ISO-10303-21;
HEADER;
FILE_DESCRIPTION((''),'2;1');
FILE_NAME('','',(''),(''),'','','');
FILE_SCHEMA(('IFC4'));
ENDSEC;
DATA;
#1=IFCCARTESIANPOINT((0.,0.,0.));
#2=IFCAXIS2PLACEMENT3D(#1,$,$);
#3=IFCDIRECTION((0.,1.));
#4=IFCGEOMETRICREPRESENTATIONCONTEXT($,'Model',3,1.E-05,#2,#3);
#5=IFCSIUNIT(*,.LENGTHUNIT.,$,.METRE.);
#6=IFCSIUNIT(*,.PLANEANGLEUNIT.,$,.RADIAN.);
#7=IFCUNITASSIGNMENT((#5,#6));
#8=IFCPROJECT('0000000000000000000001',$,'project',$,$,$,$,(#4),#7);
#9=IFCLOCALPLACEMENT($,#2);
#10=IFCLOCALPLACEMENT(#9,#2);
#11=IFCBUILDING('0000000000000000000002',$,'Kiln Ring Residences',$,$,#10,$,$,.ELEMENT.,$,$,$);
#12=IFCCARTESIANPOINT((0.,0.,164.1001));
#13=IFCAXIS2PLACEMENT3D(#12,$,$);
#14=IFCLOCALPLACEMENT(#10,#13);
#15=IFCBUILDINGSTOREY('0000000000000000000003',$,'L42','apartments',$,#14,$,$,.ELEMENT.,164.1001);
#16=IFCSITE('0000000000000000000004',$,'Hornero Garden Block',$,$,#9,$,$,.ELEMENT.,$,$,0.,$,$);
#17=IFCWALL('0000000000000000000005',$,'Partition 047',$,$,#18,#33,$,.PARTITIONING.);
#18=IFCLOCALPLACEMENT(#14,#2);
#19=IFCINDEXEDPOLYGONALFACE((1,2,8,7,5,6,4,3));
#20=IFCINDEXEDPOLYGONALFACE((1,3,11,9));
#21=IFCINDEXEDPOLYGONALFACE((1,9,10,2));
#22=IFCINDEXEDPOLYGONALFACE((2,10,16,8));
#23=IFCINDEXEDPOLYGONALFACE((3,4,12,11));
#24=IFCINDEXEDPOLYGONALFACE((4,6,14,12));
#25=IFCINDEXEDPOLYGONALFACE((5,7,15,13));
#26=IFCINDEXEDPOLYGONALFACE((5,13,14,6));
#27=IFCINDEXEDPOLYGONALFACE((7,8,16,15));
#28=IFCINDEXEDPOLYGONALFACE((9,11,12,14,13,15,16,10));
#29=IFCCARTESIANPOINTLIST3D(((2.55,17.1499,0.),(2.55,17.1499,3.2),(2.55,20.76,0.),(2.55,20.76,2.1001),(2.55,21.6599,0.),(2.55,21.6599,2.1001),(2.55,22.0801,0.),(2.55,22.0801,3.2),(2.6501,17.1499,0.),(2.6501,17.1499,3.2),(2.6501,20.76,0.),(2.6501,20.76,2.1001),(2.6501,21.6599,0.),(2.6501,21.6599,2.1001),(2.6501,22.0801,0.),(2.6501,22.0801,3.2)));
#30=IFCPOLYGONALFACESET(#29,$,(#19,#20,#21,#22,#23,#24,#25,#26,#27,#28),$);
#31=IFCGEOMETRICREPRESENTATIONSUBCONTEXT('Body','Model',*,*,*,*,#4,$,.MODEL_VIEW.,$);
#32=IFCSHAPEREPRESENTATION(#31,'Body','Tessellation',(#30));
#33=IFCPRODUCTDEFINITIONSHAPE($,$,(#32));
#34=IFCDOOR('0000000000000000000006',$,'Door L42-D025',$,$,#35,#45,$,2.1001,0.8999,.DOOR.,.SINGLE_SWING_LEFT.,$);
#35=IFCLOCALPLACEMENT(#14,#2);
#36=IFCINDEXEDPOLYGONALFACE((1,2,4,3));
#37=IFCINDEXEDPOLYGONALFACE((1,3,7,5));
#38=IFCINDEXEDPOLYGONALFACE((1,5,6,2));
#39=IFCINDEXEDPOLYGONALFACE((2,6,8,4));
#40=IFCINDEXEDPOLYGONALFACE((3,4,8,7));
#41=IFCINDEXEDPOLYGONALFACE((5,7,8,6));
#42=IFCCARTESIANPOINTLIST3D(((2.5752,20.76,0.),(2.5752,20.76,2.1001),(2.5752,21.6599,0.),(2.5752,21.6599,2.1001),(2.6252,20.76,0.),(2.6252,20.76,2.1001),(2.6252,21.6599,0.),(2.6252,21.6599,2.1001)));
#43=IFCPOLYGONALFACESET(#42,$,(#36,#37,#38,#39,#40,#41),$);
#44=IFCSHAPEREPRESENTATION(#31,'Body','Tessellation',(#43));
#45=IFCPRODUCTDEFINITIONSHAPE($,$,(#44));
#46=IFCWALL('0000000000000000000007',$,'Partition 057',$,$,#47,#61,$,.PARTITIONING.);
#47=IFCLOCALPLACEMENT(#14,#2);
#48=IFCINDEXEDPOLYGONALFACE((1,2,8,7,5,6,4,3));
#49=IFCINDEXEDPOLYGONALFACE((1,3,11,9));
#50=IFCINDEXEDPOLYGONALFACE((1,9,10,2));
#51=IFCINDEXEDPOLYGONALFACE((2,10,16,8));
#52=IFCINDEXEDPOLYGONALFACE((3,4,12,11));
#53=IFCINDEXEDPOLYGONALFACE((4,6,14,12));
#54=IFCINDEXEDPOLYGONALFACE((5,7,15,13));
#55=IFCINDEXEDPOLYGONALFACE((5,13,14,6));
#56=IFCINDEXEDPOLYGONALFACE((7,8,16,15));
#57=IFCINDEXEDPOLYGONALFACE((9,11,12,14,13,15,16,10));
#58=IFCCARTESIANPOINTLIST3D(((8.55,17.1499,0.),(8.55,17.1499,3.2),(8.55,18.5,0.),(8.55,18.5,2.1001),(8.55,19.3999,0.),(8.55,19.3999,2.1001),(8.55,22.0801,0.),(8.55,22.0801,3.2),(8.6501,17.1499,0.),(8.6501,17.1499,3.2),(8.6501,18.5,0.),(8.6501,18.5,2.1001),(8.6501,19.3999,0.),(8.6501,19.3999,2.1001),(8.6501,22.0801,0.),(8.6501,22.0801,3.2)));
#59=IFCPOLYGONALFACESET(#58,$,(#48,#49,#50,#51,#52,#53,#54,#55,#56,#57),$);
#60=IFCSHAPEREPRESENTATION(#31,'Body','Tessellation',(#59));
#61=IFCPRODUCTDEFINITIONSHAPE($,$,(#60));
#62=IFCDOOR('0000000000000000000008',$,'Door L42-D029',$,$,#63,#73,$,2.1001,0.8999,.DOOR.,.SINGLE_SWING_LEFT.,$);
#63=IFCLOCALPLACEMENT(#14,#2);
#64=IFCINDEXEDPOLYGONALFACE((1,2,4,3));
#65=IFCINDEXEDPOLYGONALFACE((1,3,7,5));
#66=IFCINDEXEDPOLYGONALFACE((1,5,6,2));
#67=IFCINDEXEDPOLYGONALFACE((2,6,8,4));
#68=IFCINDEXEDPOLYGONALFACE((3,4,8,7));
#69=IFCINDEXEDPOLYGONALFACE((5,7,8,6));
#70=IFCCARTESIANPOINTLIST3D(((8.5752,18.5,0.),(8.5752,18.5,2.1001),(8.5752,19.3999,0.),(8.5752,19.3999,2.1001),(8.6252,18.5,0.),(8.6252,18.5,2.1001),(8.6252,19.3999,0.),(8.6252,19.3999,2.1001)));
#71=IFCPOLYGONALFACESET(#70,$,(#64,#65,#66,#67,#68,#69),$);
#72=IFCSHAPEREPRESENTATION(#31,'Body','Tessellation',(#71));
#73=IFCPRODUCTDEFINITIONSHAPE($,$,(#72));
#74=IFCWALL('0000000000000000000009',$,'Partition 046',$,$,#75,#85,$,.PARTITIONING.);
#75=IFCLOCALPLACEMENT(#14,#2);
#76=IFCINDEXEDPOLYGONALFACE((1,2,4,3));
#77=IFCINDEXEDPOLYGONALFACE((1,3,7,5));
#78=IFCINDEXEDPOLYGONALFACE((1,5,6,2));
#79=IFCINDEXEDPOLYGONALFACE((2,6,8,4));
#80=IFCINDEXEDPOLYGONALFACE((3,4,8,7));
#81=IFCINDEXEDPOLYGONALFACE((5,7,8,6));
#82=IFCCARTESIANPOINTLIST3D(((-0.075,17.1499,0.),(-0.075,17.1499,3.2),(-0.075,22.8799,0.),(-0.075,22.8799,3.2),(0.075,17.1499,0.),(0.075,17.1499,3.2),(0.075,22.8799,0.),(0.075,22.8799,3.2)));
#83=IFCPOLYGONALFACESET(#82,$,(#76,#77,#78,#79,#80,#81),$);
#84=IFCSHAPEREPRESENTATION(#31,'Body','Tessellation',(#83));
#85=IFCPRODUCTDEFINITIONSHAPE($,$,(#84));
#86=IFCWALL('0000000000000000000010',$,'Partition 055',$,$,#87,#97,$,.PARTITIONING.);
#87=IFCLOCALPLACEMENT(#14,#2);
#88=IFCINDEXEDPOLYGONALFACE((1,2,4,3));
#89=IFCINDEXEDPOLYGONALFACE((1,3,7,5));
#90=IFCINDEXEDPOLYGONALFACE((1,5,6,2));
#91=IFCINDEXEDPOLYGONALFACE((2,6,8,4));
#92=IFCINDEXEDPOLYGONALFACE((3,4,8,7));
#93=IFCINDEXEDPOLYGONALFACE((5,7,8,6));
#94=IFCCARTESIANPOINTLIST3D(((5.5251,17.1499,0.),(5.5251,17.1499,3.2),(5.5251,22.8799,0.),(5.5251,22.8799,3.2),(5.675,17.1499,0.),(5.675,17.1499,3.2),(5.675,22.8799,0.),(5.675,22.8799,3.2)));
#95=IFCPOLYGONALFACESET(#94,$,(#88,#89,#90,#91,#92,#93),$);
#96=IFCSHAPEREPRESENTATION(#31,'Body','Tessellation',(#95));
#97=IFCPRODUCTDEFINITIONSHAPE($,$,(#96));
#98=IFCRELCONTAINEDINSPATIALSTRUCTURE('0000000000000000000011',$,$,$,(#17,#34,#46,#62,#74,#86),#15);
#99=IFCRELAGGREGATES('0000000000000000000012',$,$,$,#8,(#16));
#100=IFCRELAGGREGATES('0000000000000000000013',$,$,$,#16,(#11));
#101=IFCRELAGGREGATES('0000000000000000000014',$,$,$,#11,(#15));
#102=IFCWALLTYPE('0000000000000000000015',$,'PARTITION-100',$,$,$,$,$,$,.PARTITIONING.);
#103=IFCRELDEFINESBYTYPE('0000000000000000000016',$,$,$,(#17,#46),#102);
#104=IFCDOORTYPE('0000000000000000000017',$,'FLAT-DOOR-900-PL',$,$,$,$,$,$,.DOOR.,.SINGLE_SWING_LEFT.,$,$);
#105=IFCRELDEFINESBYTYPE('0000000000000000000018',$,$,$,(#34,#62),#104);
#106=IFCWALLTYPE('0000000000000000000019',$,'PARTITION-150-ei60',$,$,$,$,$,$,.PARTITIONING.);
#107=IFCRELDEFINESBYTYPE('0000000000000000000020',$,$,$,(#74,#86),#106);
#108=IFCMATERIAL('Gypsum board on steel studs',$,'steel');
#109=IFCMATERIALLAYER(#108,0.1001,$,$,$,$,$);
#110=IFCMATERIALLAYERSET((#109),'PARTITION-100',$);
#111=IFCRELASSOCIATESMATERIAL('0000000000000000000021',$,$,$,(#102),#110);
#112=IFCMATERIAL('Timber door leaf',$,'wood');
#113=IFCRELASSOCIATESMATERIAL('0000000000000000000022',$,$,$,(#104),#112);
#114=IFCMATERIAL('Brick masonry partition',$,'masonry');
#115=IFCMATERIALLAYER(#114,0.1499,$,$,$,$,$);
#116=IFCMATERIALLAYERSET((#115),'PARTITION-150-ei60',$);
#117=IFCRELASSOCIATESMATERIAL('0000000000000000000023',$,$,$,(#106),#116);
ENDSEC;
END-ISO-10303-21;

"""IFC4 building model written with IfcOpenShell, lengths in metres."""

from ifc_helpers import new_model, si_unit, direction, frame, frame_2d, origin, place, context, subcontext, project, spatial, rectangle, extrude, material, layer, layer_set, type_object, element, fill, save


model = new_model("IFC4")

# Units and contexts
model_context = context("Model", 3, precision=1e-05, world=origin(), true_north=direction((0.0, 1.0)))
body_context = subcontext(model_context, "Body", "Model", "MODEL_VIEW")
ifc_project = project(units=[si_unit("LENGTHUNIT", "METRE"), si_unit("PLANEANGLEUNIT", "RADIAN")], contexts=[model_context])

# Site, building, storey
site_placement = place(None, origin())
site = spatial("IfcSite", under=ifc_project, at=site_placement, Name="Hornero Garden Block", CompositionType="ELEMENT", RefElevation=0.0)
building_placement = place(site_placement, origin())
building = spatial("IfcBuilding", under=site, at=building_placement, Name="Kiln Ring Residences", CompositionType="ELEMENT")
storey_placement = place(building_placement, frame((0.0, 0.0, 164.1001)))
storey = spatial("IfcBuildingStorey", under=building, at=storey_placement, Name="L42", Description="apartments", CompositionType="ELEMENT", Elevation=164.1001)

# Walls, openings, doors
ifc_material_1 = material(Name="Gypsum board on steel studs", Category="steel")
ifc_layer_1 = layer(ifc_material_1, 0.1001)
ifc_layer_set_1 = layer_set([ifc_layer_1], Name="PARTITION-100")
wall_type_1 = type_object("IfcWallType", Name="PARTITION-100", PredefinedType="PARTITIONING", material=ifc_layer_set_1)
wall_1_placement = place(storey_placement, frame((2.6001, 17.1499, 0.0), z_axis=(0.0, 0.0, 1.0), x_axis=(0.0, 1.0, 0.0)))
wall_1 = element("IfcWall", 1, at=wall_1_placement, inside=storey, type_object=wall_type_1, Name="Partition 047", PredefinedType="PARTITIONING", context=body_context, shape_type="SweptSolid", body=[
    extrude(rectangle(XDim=4.9302, YDim=0.1001, at=frame_2d((2.4651, 0.0))), origin(), (0.0, 0.0, 1.0), 3.2),
])
opening_1_placement = place(wall_1_placement, frame((3.6101, 0.0, 0.0)))
opening_1 = element("IfcOpeningElement", 2, at=opening_1_placement, cuts=wall_1, PredefinedType="OPENING", context=body_context, shape_type="SweptSolid", body=[
    extrude(rectangle(XDim=0.8999, YDim=2.1001, at=frame_2d((0.45, 1.05))), frame((0.0, 0.0601, 0.0), z_axis=(0.0, -1.0, 0.0), x_axis=(1.0, 0.0, 0.0)), (0.0, 0.0, 1.0), 0.1201),
])
ifc_material_2 = material(Name="Timber door leaf", Category="wood")
door_type = type_object("IfcDoorType", Name="FLAT-DOOR-900-PL", OperationType="SINGLE_SWING_LEFT", PredefinedType="DOOR", material=ifc_material_2)
door_1_placement = place(opening_1_placement, origin())
door_1 = element("IfcDoor", 3, at=door_1_placement, inside=storey, type_object=door_type, Name="Door L42-D025", OperationType="SINGLE_SWING_LEFT", OverallHeight=2.1001, OverallWidth=0.8999, PredefinedType="DOOR", context=body_context, shape_type="SweptSolid", body=[
    extrude(rectangle(XDim=0.8999, YDim=2.1001, at=frame_2d((0.45, 1.05))), frame((0.0, 0.0249, 0.0), z_axis=(0.0, -1.0, 0.0), x_axis=(1.0, 0.0, 0.0)), (0.0, 0.0, 1.0), 0.05),
])
fill(opening_1, door_1)
wall_2_placement = place(storey_placement, frame((8.6001, 17.1499, 0.0), z_axis=(0.0, 0.0, 1.0), x_axis=(0.0, 1.0, 0.0)))
wall_2 = element("IfcWall", 4, at=wall_2_placement, inside=storey, type_object=wall_type_1, Name="Partition 057", PredefinedType="PARTITIONING", context=body_context, shape_type="SweptSolid", body=[
    extrude(rectangle(XDim=4.9302, YDim=0.1001, at=frame_2d((2.4651, 0.0))), origin(), (0.0, 0.0, 1.0), 3.2),
])
opening_2_placement = place(wall_2_placement, frame((1.3501, 0.0, 0.0)))
opening_2 = element("IfcOpeningElement", 5, at=opening_2_placement, cuts=wall_2, PredefinedType="OPENING", context=body_context, shape_type="SweptSolid", body=[
    extrude(rectangle(XDim=0.8999, YDim=2.1001, at=frame_2d((0.45, 1.05))), frame((0.0, 0.0601, 0.0), z_axis=(0.0, -1.0, 0.0), x_axis=(1.0, 0.0, 0.0)), (0.0, 0.0, 1.0), 0.1201),
])
door_2_placement = place(opening_2_placement, origin())
door_2 = element("IfcDoor", 6, at=door_2_placement, inside=storey, type_object=door_type, Name="Door L42-D029", OperationType="SINGLE_SWING_LEFT", OverallHeight=2.1001, OverallWidth=0.8999, PredefinedType="DOOR", context=body_context, shape_type="SweptSolid", body=[
    extrude(rectangle(XDim=0.8999, YDim=2.1001, at=frame_2d((0.45, 1.05))), frame((0.0, 0.0249, 0.0), z_axis=(0.0, -1.0, 0.0), x_axis=(1.0, 0.0, 0.0)), (0.0, 0.0, 1.0), 0.05),
])
fill(opening_2, door_2)

# Walls
ifc_material_3 = material(Name="Brick masonry partition", Category="masonry")
ifc_layer_2 = layer(ifc_material_3, 0.1499)
ifc_layer_set_2 = layer_set([ifc_layer_2], Name="PARTITION-150-ei60")
wall_type_2 = type_object("IfcWallType", Name="PARTITION-150-ei60", PredefinedType="PARTITIONING", material=ifc_layer_set_2)
for number, where, z_axis, x_axis, name in (
    (7, (0.0, 17.1499, 0.0), (0.0, 0.0, 1.0), (0.0, 1.0, 0.0), "Partition 046"),
    (8, (5.6001, 17.1499, 0.0), (0.0, 0.0, 1.0), (0.0, 1.0, 0.0), "Partition 055"),
):
    element("IfcWall", number, at=place(storey_placement, frame(where, z_axis=z_axis, x_axis=x_axis)), inside=storey, type_object=wall_type_2, Name=name, PredefinedType="PARTITIONING", context=body_context, shape_type="SweptSolid", body=[
        extrude(rectangle(XDim=5.73, YDim=0.1499, at=frame_2d((2.865, 0.0))), origin(), (0.0, 0.0, 1.0), 3.2),
    ])

save(model, "model.ifc")
